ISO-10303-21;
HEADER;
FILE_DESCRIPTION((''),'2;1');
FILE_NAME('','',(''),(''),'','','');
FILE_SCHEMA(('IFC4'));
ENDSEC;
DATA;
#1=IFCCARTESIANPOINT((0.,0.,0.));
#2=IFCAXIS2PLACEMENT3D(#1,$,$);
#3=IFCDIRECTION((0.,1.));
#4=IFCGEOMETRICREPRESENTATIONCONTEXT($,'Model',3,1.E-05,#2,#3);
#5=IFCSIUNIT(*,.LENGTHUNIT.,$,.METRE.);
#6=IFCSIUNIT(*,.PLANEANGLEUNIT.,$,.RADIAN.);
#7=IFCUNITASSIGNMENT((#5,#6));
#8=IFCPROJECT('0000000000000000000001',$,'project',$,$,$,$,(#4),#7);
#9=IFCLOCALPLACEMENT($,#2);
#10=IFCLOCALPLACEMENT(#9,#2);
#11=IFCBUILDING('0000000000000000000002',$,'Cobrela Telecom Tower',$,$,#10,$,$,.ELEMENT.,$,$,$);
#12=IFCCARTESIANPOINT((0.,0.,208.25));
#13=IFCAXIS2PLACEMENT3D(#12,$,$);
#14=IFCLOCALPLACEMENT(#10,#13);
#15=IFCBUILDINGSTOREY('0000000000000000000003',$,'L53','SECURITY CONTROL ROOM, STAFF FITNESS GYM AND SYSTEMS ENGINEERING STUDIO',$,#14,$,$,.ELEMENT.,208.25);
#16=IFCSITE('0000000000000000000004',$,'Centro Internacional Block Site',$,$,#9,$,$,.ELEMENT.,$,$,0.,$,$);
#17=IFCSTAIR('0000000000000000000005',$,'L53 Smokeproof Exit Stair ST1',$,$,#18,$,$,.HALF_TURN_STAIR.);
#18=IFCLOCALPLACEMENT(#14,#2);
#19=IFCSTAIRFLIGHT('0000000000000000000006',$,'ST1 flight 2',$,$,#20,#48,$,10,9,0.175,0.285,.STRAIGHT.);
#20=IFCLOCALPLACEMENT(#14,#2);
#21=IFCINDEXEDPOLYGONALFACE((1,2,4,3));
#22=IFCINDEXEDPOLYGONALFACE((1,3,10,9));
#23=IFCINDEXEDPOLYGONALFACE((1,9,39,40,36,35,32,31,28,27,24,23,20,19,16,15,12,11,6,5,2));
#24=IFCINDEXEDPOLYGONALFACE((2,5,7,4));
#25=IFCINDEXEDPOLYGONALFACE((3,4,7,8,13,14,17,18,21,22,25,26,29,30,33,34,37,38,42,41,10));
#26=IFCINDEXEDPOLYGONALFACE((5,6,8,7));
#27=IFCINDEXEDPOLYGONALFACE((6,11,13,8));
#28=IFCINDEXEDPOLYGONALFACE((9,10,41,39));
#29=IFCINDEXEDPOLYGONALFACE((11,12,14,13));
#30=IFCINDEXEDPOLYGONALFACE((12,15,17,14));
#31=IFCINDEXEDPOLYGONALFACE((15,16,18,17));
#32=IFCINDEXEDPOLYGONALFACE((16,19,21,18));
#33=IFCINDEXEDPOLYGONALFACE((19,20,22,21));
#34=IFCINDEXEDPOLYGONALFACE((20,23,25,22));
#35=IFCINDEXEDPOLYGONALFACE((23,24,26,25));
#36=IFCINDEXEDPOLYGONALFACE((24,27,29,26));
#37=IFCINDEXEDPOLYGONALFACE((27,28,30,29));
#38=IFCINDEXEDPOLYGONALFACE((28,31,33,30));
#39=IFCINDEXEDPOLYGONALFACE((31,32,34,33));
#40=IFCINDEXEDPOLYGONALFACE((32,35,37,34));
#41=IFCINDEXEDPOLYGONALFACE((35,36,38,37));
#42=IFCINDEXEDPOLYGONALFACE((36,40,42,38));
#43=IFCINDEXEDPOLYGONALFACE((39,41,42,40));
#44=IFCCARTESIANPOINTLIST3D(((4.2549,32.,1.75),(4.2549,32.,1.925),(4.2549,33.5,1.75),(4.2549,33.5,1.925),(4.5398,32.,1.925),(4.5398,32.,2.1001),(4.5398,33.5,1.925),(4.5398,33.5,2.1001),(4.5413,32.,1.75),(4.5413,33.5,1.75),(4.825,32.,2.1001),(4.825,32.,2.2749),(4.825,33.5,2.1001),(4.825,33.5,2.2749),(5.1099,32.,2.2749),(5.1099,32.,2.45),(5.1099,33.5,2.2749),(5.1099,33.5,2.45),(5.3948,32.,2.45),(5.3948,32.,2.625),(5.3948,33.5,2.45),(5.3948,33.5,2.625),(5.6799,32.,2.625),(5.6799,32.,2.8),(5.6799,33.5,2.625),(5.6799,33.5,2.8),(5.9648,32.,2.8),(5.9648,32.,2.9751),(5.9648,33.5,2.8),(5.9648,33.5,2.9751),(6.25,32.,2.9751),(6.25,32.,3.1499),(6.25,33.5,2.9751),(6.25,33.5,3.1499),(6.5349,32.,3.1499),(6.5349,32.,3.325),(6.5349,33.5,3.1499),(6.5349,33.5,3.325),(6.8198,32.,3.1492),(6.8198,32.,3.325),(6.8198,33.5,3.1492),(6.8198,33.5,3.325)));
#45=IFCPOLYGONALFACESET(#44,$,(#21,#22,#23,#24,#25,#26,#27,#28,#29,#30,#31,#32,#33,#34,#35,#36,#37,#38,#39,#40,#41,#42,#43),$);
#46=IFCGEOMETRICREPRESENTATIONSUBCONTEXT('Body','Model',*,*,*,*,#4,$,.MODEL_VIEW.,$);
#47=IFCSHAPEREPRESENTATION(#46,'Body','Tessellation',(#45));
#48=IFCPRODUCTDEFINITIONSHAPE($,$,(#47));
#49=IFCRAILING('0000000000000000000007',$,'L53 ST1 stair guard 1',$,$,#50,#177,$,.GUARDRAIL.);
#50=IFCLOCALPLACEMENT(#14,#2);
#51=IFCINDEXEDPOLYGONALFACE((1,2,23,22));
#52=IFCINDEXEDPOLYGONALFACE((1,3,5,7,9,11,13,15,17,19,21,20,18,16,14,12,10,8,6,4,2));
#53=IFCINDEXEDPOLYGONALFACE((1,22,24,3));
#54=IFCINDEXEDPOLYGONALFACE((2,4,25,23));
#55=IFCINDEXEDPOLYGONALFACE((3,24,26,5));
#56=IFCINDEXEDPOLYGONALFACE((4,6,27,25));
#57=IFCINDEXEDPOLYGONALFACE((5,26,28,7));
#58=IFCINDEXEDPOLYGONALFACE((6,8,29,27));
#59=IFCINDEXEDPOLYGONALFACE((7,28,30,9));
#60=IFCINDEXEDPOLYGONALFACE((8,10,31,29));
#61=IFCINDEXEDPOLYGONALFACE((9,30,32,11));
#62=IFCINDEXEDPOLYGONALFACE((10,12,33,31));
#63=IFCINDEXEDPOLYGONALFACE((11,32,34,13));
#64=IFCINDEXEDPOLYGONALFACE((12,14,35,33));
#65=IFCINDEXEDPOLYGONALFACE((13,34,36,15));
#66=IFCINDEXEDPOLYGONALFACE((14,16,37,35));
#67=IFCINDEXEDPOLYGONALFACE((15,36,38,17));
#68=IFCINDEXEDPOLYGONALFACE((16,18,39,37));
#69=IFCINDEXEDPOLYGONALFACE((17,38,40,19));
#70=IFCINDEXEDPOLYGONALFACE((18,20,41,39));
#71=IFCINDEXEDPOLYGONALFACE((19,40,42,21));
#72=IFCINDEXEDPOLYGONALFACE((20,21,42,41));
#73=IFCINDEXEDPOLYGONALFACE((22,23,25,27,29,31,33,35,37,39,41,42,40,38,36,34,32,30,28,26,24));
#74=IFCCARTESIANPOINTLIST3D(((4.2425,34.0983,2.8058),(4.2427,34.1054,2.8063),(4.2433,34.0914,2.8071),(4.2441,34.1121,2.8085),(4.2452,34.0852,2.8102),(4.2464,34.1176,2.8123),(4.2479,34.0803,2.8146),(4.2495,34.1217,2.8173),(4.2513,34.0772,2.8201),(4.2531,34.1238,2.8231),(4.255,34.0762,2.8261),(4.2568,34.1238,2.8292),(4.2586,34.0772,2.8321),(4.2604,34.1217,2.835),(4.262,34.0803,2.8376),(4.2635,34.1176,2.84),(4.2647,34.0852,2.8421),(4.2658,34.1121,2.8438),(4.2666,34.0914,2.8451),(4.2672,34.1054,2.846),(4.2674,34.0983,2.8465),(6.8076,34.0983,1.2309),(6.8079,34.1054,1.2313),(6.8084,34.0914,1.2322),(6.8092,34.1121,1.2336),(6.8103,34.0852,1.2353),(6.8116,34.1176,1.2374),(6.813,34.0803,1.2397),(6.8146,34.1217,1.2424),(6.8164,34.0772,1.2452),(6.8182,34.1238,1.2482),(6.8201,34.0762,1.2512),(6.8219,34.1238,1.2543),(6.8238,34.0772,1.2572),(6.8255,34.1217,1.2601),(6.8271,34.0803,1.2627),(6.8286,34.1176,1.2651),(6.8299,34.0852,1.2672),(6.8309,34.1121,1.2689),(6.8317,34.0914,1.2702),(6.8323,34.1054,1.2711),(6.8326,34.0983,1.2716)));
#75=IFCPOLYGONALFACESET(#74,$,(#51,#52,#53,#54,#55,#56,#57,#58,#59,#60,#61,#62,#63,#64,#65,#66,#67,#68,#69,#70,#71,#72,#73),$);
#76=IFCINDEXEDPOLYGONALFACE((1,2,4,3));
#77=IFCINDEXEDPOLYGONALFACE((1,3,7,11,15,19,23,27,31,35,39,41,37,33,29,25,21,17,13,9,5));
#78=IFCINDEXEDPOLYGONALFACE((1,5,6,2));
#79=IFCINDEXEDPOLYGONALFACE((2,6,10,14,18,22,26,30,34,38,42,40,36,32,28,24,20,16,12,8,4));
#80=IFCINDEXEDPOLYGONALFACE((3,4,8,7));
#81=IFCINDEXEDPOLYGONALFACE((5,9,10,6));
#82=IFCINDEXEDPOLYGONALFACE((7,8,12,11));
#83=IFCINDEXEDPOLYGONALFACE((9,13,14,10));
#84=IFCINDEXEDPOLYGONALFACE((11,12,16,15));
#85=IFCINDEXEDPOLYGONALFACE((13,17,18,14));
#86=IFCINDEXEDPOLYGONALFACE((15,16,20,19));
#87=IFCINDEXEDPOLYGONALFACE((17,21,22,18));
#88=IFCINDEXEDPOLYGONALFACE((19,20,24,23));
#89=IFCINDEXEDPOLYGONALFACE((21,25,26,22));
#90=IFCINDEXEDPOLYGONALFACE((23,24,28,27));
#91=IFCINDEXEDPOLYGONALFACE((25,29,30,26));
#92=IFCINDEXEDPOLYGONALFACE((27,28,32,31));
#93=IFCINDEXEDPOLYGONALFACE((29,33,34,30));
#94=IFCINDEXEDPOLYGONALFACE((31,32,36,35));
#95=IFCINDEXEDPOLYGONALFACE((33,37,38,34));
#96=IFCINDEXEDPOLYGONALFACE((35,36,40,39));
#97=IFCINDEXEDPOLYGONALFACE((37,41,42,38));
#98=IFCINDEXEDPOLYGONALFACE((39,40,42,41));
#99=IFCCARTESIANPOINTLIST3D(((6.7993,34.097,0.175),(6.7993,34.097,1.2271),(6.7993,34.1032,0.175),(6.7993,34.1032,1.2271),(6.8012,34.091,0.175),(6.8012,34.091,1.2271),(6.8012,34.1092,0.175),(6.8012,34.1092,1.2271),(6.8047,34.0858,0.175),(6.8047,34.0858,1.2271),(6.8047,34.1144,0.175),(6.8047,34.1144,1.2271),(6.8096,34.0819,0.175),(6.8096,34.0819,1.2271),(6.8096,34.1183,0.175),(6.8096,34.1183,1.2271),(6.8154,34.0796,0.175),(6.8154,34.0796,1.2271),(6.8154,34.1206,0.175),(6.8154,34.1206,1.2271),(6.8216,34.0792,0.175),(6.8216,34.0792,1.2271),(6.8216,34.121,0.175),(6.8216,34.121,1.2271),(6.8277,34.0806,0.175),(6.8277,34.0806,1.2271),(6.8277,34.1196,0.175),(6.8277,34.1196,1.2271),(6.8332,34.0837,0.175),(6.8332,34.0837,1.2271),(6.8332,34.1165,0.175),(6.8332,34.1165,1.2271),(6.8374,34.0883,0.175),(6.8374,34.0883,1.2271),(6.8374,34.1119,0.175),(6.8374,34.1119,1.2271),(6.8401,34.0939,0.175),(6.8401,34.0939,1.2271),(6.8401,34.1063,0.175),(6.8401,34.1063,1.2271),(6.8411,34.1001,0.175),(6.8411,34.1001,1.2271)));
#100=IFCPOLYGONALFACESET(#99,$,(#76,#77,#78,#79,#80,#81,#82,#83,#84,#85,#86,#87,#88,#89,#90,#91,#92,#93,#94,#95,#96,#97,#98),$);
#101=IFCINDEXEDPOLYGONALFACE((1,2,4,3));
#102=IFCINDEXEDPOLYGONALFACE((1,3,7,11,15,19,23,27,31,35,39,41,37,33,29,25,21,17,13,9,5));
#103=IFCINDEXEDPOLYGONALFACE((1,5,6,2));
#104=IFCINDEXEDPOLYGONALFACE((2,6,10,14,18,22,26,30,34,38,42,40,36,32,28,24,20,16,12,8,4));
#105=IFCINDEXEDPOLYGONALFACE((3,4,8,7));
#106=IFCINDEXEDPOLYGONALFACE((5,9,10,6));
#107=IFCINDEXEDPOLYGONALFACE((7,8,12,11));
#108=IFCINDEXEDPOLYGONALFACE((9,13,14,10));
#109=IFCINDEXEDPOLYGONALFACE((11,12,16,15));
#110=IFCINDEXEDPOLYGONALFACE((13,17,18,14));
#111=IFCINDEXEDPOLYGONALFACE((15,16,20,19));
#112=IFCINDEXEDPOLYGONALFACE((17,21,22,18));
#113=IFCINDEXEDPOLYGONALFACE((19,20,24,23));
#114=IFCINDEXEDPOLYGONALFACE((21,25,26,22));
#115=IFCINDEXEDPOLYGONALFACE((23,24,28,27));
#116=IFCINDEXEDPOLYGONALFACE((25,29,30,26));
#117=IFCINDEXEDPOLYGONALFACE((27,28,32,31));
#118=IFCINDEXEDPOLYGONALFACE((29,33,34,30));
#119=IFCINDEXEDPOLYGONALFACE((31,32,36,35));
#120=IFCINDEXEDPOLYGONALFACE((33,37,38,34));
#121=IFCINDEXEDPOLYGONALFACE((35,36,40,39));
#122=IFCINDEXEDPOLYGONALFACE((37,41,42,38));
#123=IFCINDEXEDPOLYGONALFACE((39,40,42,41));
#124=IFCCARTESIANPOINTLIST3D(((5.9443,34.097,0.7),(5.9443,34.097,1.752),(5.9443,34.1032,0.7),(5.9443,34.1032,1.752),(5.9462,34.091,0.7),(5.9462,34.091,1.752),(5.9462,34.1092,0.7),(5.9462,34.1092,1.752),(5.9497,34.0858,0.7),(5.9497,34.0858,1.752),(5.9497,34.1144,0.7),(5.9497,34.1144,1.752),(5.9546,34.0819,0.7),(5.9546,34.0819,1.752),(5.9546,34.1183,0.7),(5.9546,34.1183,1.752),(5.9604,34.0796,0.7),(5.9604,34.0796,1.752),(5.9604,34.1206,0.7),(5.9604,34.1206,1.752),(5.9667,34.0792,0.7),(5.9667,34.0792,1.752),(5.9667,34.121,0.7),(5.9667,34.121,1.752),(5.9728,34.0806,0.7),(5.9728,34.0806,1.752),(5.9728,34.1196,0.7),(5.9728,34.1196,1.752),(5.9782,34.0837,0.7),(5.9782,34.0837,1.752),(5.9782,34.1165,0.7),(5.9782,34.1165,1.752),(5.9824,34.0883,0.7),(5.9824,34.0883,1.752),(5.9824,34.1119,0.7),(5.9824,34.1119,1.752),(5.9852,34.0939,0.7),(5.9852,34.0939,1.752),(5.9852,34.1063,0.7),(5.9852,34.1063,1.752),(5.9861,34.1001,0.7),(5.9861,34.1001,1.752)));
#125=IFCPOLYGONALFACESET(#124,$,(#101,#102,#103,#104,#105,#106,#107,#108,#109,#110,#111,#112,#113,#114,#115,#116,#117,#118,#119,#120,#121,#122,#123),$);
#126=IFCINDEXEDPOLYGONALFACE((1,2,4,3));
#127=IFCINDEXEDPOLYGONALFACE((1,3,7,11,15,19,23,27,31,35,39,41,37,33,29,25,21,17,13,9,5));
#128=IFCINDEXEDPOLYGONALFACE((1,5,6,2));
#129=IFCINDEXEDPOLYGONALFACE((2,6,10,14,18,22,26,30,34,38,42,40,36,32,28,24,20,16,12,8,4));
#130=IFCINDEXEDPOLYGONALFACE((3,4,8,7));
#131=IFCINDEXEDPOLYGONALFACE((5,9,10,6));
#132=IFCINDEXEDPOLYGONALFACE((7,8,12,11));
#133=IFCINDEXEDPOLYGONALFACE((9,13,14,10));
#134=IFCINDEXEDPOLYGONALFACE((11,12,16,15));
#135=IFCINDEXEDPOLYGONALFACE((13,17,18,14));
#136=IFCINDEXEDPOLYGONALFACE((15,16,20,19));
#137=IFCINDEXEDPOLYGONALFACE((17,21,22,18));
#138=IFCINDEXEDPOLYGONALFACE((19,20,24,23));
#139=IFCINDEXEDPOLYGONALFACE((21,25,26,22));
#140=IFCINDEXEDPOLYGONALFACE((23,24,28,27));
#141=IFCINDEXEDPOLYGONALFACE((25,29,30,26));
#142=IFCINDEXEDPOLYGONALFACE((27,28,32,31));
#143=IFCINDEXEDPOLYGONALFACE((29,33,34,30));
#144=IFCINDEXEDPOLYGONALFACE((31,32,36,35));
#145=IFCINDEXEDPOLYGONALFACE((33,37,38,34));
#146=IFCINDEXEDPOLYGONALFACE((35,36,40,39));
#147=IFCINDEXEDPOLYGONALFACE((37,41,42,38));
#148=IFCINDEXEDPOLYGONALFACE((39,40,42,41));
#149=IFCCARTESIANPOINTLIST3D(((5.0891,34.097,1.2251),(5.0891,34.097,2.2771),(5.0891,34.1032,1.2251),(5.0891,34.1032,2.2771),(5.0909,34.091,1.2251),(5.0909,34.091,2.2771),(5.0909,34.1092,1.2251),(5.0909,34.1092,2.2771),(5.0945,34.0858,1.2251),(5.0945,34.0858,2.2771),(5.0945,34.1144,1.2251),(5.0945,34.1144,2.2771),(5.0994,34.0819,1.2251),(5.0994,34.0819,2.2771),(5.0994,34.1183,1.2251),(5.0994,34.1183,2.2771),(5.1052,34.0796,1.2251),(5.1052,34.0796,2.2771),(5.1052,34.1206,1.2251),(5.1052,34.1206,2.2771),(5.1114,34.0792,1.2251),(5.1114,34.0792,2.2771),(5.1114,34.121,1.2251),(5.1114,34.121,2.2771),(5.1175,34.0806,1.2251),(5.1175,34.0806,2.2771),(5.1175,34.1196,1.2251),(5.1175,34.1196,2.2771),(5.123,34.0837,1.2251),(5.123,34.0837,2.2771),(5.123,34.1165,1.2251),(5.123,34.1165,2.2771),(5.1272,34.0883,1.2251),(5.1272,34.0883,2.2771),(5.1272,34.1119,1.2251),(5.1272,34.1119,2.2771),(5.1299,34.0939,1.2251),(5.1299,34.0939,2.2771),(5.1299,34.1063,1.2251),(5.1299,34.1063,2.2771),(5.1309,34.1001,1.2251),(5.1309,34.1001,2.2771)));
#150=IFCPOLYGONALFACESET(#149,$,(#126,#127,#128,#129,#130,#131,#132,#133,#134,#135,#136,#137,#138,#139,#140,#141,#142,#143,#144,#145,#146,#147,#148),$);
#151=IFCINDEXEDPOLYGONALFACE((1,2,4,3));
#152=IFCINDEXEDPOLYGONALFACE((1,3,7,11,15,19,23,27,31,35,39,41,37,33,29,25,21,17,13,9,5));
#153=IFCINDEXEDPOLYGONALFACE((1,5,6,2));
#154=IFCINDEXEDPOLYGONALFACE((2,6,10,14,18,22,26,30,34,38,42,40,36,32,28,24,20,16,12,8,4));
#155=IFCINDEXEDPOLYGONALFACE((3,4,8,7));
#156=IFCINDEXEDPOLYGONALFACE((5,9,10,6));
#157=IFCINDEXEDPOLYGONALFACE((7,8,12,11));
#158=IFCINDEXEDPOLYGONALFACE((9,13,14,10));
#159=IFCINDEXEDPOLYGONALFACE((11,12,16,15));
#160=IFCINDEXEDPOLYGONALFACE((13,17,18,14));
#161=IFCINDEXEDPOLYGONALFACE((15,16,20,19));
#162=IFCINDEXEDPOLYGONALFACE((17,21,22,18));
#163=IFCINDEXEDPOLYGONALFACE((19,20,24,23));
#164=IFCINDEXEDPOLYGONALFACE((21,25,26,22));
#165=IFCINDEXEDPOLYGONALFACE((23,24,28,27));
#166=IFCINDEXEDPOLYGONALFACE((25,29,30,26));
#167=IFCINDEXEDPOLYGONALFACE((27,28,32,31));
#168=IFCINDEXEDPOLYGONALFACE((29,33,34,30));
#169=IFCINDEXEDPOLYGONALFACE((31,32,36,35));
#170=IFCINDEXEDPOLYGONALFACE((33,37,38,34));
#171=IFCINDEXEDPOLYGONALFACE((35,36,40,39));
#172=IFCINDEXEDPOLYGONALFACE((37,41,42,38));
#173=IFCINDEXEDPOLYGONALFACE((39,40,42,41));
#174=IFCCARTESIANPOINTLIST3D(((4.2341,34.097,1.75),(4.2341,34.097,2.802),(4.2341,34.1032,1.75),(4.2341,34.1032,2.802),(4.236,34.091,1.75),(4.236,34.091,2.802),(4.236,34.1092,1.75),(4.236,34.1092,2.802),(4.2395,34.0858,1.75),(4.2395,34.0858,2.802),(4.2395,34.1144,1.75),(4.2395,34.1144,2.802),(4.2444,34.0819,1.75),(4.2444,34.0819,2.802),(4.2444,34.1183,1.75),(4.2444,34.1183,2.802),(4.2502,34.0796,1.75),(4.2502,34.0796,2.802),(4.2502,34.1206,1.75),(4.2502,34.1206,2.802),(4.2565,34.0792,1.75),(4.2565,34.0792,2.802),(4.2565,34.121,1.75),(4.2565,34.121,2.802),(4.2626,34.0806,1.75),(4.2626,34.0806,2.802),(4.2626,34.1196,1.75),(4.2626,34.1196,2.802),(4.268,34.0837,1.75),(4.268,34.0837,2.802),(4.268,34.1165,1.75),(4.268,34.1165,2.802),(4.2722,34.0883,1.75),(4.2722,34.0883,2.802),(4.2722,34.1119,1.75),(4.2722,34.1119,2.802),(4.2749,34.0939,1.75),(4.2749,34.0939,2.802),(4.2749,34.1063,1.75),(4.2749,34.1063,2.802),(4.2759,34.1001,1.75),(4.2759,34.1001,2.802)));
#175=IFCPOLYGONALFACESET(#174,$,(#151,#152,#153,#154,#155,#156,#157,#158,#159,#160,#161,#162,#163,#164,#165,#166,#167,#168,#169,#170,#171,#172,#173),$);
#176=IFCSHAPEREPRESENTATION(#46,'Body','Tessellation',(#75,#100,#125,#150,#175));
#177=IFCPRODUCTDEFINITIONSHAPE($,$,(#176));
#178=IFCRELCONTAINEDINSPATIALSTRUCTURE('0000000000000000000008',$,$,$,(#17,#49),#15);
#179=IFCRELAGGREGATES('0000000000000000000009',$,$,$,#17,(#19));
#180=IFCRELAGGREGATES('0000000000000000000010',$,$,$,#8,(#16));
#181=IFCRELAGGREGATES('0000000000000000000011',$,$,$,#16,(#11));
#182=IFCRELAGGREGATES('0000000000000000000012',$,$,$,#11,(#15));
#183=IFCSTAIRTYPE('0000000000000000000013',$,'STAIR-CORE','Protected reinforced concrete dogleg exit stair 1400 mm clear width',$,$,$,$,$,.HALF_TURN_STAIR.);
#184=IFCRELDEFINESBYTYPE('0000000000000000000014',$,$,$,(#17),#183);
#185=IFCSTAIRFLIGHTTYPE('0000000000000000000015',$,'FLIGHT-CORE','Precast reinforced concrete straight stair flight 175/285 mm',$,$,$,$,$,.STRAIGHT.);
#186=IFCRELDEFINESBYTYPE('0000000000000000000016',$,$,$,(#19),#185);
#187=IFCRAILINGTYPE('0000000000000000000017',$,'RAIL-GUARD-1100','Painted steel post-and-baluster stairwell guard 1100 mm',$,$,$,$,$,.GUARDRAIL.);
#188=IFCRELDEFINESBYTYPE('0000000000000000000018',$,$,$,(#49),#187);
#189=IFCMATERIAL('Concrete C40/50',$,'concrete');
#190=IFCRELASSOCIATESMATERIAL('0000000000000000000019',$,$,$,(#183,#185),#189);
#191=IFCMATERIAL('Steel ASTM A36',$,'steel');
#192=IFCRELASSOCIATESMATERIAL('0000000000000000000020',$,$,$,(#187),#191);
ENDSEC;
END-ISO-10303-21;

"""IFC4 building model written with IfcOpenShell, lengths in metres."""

from ifc_helpers import new_model, si_unit, direction, frame, origin, origin_2d, place, context, subcontext, project, spatial, polyline, circle, outline, extrude, material, type_object, element, aggregate, save


model = new_model("IFC4")

# Units and contexts
model_context = context("Model", 3, precision=1e-05, world=origin(), true_north=direction((0.0, 1.0)))
body_context = subcontext(model_context, "Body", "Model", "MODEL_VIEW")
ifc_project = project(units=[si_unit("LENGTHUNIT", "METRE"), si_unit("PLANEANGLEUNIT", "RADIAN")], contexts=[model_context])

# Site, building, storey
site_placement = place(None, origin())
site = spatial("IfcSite", under=ifc_project, at=site_placement, Name="Centro Internacional Block Site", CompositionType="ELEMENT", RefElevation=0.0)
building_placement = place(site_placement, origin())
building = spatial("IfcBuilding", under=site, at=building_placement, Name="Cobrela Telecom Tower", CompositionType="ELEMENT")
storey_placement = place(building_placement, frame((0.0, 0.0, 208.25)))
storey = spatial("IfcBuildingStorey", under=building, at=storey_placement, Name="L53", Description="SECURITY CONTROL ROOM, STAFF FITNESS GYM AND SYSTEMS ENGINEERING STUDIO", CompositionType="ELEMENT", Elevation=208.25)

# Shared definitions
ifc_material_1 = material(Name="Steel ASTM A36", Category="steel")

# Shared definitions
ifc_material_2 = material(Name="Concrete C40/50", Category="concrete")

# Stair, stair flight
stair_type = type_object("IfcStairType", Name="STAIR-CORE", Description="Protected reinforced concrete dogleg exit stair 1400 mm clear width", PredefinedType="HALF_TURN_STAIR", material=ifc_material_2)
stair_placement = place(storey_placement, origin())
stair = element("IfcStair", 1, at=stair_placement, inside=storey, type_object=stair_type, Name="L53 Smokeproof Exit Stair ST1", PredefinedType="HALF_TURN_STAIR")
stair_flight_type = type_object("IfcStairFlightType", Name="FLIGHT-CORE", Description="Precast reinforced concrete straight stair flight 175/285 mm", PredefinedType="STRAIGHT", material=ifc_material_2)
stair_flight_1_placement = place(storey_placement, frame((4.2549, 32.75, 1.75), z_axis=(0.0, 0.0, 1.0), x_axis=(1.0, 0.0, 0.0)))
stair_flight_1 = element("IfcStairFlight", 2, at=stair_flight_1_placement, type_object=stair_flight_type, Name="ST1 flight 2", NumberOfRisers=10, NumberOfTreads=9, PredefinedType="STRAIGHT", RiserHeight=0.175, TreadLength=0.285, context=body_context, shape_type="SweptSolid", body=[
    extrude(outline(polyline([(0.0, 0.0), (0.0, 0.175), (0.2849, 0.175), (0.2849, 0.3501), (0.5701, 0.3501), (0.5701, 0.5249), (0.855, 0.5249), (0.855, 0.7), (1.1399, 0.7), (1.1399, 0.875), (1.425, 0.875), (1.425, 1.05), (1.71, 1.05), (1.71, 1.2251), (1.9951, 1.2251), (1.9951, 1.3999), (2.28, 1.3999), (2.28, 1.575), (2.5649, 1.575), (2.5649, 1.75), (2.5649, 1.3992), (0.2864, 0.0), (0.0, 0.0)])), frame((0.0, 0.75, 0.0), z_axis=(0.0, -1.0, 0.0), x_axis=(1.0, 0.0, 0.0)), (0.0, 0.0, 1.0), 1.5),
])
aggregate(stair, [stair_flight_1])

# Railing
railing_type_1 = type_object("IfcRailingType", Name="RAIL-GUARD-1100", Description="Painted steel post-and-baluster stairwell guard 1100 mm", PredefinedType="GUARDRAIL", material=ifc_material_1)
railing_1_placement = place(storey_placement, frame((6.8201, 34.1001, 0.175)))
element("IfcRailing", 3, at=railing_1_placement, inside=storey, type_object=railing_type_1, Name="L53 ST1 stair guard 1", PredefinedType="GUARDRAIL", context=body_context, shape_type="SweptSolid", body=[
    extrude(circle(Radius=0.0239, at=origin_2d()), frame((0.0, 0.0, 1.0762), z_axis=(-0.852195, 0.0, 0.523224), x_axis=(0.0, -1.0, 0.0)), (0.0, 0.0, 1.0), 3.01),
    extrude(circle(Radius=0.021, at=origin_2d()), origin(), (0.0, 0.0, 1.0), 1.052),
    extrude(circle(Radius=0.021, at=origin_2d()), frame((-0.855, 0.0, 0.5249)), (0.0, 0.0, 1.0), 1.052),
    extrude(circle(Radius=0.021, at=origin_2d()), frame((-1.7102, 0.0, 1.05)), (0.0, 0.0, 1.0), 1.052),
    extrude(circle(Radius=0.021, at=origin_2d()), frame((-2.5652, 0.0, 1.575)), (0.0, 0.0, 1.0), 1.052),
])

save(model, "model.ifc")
